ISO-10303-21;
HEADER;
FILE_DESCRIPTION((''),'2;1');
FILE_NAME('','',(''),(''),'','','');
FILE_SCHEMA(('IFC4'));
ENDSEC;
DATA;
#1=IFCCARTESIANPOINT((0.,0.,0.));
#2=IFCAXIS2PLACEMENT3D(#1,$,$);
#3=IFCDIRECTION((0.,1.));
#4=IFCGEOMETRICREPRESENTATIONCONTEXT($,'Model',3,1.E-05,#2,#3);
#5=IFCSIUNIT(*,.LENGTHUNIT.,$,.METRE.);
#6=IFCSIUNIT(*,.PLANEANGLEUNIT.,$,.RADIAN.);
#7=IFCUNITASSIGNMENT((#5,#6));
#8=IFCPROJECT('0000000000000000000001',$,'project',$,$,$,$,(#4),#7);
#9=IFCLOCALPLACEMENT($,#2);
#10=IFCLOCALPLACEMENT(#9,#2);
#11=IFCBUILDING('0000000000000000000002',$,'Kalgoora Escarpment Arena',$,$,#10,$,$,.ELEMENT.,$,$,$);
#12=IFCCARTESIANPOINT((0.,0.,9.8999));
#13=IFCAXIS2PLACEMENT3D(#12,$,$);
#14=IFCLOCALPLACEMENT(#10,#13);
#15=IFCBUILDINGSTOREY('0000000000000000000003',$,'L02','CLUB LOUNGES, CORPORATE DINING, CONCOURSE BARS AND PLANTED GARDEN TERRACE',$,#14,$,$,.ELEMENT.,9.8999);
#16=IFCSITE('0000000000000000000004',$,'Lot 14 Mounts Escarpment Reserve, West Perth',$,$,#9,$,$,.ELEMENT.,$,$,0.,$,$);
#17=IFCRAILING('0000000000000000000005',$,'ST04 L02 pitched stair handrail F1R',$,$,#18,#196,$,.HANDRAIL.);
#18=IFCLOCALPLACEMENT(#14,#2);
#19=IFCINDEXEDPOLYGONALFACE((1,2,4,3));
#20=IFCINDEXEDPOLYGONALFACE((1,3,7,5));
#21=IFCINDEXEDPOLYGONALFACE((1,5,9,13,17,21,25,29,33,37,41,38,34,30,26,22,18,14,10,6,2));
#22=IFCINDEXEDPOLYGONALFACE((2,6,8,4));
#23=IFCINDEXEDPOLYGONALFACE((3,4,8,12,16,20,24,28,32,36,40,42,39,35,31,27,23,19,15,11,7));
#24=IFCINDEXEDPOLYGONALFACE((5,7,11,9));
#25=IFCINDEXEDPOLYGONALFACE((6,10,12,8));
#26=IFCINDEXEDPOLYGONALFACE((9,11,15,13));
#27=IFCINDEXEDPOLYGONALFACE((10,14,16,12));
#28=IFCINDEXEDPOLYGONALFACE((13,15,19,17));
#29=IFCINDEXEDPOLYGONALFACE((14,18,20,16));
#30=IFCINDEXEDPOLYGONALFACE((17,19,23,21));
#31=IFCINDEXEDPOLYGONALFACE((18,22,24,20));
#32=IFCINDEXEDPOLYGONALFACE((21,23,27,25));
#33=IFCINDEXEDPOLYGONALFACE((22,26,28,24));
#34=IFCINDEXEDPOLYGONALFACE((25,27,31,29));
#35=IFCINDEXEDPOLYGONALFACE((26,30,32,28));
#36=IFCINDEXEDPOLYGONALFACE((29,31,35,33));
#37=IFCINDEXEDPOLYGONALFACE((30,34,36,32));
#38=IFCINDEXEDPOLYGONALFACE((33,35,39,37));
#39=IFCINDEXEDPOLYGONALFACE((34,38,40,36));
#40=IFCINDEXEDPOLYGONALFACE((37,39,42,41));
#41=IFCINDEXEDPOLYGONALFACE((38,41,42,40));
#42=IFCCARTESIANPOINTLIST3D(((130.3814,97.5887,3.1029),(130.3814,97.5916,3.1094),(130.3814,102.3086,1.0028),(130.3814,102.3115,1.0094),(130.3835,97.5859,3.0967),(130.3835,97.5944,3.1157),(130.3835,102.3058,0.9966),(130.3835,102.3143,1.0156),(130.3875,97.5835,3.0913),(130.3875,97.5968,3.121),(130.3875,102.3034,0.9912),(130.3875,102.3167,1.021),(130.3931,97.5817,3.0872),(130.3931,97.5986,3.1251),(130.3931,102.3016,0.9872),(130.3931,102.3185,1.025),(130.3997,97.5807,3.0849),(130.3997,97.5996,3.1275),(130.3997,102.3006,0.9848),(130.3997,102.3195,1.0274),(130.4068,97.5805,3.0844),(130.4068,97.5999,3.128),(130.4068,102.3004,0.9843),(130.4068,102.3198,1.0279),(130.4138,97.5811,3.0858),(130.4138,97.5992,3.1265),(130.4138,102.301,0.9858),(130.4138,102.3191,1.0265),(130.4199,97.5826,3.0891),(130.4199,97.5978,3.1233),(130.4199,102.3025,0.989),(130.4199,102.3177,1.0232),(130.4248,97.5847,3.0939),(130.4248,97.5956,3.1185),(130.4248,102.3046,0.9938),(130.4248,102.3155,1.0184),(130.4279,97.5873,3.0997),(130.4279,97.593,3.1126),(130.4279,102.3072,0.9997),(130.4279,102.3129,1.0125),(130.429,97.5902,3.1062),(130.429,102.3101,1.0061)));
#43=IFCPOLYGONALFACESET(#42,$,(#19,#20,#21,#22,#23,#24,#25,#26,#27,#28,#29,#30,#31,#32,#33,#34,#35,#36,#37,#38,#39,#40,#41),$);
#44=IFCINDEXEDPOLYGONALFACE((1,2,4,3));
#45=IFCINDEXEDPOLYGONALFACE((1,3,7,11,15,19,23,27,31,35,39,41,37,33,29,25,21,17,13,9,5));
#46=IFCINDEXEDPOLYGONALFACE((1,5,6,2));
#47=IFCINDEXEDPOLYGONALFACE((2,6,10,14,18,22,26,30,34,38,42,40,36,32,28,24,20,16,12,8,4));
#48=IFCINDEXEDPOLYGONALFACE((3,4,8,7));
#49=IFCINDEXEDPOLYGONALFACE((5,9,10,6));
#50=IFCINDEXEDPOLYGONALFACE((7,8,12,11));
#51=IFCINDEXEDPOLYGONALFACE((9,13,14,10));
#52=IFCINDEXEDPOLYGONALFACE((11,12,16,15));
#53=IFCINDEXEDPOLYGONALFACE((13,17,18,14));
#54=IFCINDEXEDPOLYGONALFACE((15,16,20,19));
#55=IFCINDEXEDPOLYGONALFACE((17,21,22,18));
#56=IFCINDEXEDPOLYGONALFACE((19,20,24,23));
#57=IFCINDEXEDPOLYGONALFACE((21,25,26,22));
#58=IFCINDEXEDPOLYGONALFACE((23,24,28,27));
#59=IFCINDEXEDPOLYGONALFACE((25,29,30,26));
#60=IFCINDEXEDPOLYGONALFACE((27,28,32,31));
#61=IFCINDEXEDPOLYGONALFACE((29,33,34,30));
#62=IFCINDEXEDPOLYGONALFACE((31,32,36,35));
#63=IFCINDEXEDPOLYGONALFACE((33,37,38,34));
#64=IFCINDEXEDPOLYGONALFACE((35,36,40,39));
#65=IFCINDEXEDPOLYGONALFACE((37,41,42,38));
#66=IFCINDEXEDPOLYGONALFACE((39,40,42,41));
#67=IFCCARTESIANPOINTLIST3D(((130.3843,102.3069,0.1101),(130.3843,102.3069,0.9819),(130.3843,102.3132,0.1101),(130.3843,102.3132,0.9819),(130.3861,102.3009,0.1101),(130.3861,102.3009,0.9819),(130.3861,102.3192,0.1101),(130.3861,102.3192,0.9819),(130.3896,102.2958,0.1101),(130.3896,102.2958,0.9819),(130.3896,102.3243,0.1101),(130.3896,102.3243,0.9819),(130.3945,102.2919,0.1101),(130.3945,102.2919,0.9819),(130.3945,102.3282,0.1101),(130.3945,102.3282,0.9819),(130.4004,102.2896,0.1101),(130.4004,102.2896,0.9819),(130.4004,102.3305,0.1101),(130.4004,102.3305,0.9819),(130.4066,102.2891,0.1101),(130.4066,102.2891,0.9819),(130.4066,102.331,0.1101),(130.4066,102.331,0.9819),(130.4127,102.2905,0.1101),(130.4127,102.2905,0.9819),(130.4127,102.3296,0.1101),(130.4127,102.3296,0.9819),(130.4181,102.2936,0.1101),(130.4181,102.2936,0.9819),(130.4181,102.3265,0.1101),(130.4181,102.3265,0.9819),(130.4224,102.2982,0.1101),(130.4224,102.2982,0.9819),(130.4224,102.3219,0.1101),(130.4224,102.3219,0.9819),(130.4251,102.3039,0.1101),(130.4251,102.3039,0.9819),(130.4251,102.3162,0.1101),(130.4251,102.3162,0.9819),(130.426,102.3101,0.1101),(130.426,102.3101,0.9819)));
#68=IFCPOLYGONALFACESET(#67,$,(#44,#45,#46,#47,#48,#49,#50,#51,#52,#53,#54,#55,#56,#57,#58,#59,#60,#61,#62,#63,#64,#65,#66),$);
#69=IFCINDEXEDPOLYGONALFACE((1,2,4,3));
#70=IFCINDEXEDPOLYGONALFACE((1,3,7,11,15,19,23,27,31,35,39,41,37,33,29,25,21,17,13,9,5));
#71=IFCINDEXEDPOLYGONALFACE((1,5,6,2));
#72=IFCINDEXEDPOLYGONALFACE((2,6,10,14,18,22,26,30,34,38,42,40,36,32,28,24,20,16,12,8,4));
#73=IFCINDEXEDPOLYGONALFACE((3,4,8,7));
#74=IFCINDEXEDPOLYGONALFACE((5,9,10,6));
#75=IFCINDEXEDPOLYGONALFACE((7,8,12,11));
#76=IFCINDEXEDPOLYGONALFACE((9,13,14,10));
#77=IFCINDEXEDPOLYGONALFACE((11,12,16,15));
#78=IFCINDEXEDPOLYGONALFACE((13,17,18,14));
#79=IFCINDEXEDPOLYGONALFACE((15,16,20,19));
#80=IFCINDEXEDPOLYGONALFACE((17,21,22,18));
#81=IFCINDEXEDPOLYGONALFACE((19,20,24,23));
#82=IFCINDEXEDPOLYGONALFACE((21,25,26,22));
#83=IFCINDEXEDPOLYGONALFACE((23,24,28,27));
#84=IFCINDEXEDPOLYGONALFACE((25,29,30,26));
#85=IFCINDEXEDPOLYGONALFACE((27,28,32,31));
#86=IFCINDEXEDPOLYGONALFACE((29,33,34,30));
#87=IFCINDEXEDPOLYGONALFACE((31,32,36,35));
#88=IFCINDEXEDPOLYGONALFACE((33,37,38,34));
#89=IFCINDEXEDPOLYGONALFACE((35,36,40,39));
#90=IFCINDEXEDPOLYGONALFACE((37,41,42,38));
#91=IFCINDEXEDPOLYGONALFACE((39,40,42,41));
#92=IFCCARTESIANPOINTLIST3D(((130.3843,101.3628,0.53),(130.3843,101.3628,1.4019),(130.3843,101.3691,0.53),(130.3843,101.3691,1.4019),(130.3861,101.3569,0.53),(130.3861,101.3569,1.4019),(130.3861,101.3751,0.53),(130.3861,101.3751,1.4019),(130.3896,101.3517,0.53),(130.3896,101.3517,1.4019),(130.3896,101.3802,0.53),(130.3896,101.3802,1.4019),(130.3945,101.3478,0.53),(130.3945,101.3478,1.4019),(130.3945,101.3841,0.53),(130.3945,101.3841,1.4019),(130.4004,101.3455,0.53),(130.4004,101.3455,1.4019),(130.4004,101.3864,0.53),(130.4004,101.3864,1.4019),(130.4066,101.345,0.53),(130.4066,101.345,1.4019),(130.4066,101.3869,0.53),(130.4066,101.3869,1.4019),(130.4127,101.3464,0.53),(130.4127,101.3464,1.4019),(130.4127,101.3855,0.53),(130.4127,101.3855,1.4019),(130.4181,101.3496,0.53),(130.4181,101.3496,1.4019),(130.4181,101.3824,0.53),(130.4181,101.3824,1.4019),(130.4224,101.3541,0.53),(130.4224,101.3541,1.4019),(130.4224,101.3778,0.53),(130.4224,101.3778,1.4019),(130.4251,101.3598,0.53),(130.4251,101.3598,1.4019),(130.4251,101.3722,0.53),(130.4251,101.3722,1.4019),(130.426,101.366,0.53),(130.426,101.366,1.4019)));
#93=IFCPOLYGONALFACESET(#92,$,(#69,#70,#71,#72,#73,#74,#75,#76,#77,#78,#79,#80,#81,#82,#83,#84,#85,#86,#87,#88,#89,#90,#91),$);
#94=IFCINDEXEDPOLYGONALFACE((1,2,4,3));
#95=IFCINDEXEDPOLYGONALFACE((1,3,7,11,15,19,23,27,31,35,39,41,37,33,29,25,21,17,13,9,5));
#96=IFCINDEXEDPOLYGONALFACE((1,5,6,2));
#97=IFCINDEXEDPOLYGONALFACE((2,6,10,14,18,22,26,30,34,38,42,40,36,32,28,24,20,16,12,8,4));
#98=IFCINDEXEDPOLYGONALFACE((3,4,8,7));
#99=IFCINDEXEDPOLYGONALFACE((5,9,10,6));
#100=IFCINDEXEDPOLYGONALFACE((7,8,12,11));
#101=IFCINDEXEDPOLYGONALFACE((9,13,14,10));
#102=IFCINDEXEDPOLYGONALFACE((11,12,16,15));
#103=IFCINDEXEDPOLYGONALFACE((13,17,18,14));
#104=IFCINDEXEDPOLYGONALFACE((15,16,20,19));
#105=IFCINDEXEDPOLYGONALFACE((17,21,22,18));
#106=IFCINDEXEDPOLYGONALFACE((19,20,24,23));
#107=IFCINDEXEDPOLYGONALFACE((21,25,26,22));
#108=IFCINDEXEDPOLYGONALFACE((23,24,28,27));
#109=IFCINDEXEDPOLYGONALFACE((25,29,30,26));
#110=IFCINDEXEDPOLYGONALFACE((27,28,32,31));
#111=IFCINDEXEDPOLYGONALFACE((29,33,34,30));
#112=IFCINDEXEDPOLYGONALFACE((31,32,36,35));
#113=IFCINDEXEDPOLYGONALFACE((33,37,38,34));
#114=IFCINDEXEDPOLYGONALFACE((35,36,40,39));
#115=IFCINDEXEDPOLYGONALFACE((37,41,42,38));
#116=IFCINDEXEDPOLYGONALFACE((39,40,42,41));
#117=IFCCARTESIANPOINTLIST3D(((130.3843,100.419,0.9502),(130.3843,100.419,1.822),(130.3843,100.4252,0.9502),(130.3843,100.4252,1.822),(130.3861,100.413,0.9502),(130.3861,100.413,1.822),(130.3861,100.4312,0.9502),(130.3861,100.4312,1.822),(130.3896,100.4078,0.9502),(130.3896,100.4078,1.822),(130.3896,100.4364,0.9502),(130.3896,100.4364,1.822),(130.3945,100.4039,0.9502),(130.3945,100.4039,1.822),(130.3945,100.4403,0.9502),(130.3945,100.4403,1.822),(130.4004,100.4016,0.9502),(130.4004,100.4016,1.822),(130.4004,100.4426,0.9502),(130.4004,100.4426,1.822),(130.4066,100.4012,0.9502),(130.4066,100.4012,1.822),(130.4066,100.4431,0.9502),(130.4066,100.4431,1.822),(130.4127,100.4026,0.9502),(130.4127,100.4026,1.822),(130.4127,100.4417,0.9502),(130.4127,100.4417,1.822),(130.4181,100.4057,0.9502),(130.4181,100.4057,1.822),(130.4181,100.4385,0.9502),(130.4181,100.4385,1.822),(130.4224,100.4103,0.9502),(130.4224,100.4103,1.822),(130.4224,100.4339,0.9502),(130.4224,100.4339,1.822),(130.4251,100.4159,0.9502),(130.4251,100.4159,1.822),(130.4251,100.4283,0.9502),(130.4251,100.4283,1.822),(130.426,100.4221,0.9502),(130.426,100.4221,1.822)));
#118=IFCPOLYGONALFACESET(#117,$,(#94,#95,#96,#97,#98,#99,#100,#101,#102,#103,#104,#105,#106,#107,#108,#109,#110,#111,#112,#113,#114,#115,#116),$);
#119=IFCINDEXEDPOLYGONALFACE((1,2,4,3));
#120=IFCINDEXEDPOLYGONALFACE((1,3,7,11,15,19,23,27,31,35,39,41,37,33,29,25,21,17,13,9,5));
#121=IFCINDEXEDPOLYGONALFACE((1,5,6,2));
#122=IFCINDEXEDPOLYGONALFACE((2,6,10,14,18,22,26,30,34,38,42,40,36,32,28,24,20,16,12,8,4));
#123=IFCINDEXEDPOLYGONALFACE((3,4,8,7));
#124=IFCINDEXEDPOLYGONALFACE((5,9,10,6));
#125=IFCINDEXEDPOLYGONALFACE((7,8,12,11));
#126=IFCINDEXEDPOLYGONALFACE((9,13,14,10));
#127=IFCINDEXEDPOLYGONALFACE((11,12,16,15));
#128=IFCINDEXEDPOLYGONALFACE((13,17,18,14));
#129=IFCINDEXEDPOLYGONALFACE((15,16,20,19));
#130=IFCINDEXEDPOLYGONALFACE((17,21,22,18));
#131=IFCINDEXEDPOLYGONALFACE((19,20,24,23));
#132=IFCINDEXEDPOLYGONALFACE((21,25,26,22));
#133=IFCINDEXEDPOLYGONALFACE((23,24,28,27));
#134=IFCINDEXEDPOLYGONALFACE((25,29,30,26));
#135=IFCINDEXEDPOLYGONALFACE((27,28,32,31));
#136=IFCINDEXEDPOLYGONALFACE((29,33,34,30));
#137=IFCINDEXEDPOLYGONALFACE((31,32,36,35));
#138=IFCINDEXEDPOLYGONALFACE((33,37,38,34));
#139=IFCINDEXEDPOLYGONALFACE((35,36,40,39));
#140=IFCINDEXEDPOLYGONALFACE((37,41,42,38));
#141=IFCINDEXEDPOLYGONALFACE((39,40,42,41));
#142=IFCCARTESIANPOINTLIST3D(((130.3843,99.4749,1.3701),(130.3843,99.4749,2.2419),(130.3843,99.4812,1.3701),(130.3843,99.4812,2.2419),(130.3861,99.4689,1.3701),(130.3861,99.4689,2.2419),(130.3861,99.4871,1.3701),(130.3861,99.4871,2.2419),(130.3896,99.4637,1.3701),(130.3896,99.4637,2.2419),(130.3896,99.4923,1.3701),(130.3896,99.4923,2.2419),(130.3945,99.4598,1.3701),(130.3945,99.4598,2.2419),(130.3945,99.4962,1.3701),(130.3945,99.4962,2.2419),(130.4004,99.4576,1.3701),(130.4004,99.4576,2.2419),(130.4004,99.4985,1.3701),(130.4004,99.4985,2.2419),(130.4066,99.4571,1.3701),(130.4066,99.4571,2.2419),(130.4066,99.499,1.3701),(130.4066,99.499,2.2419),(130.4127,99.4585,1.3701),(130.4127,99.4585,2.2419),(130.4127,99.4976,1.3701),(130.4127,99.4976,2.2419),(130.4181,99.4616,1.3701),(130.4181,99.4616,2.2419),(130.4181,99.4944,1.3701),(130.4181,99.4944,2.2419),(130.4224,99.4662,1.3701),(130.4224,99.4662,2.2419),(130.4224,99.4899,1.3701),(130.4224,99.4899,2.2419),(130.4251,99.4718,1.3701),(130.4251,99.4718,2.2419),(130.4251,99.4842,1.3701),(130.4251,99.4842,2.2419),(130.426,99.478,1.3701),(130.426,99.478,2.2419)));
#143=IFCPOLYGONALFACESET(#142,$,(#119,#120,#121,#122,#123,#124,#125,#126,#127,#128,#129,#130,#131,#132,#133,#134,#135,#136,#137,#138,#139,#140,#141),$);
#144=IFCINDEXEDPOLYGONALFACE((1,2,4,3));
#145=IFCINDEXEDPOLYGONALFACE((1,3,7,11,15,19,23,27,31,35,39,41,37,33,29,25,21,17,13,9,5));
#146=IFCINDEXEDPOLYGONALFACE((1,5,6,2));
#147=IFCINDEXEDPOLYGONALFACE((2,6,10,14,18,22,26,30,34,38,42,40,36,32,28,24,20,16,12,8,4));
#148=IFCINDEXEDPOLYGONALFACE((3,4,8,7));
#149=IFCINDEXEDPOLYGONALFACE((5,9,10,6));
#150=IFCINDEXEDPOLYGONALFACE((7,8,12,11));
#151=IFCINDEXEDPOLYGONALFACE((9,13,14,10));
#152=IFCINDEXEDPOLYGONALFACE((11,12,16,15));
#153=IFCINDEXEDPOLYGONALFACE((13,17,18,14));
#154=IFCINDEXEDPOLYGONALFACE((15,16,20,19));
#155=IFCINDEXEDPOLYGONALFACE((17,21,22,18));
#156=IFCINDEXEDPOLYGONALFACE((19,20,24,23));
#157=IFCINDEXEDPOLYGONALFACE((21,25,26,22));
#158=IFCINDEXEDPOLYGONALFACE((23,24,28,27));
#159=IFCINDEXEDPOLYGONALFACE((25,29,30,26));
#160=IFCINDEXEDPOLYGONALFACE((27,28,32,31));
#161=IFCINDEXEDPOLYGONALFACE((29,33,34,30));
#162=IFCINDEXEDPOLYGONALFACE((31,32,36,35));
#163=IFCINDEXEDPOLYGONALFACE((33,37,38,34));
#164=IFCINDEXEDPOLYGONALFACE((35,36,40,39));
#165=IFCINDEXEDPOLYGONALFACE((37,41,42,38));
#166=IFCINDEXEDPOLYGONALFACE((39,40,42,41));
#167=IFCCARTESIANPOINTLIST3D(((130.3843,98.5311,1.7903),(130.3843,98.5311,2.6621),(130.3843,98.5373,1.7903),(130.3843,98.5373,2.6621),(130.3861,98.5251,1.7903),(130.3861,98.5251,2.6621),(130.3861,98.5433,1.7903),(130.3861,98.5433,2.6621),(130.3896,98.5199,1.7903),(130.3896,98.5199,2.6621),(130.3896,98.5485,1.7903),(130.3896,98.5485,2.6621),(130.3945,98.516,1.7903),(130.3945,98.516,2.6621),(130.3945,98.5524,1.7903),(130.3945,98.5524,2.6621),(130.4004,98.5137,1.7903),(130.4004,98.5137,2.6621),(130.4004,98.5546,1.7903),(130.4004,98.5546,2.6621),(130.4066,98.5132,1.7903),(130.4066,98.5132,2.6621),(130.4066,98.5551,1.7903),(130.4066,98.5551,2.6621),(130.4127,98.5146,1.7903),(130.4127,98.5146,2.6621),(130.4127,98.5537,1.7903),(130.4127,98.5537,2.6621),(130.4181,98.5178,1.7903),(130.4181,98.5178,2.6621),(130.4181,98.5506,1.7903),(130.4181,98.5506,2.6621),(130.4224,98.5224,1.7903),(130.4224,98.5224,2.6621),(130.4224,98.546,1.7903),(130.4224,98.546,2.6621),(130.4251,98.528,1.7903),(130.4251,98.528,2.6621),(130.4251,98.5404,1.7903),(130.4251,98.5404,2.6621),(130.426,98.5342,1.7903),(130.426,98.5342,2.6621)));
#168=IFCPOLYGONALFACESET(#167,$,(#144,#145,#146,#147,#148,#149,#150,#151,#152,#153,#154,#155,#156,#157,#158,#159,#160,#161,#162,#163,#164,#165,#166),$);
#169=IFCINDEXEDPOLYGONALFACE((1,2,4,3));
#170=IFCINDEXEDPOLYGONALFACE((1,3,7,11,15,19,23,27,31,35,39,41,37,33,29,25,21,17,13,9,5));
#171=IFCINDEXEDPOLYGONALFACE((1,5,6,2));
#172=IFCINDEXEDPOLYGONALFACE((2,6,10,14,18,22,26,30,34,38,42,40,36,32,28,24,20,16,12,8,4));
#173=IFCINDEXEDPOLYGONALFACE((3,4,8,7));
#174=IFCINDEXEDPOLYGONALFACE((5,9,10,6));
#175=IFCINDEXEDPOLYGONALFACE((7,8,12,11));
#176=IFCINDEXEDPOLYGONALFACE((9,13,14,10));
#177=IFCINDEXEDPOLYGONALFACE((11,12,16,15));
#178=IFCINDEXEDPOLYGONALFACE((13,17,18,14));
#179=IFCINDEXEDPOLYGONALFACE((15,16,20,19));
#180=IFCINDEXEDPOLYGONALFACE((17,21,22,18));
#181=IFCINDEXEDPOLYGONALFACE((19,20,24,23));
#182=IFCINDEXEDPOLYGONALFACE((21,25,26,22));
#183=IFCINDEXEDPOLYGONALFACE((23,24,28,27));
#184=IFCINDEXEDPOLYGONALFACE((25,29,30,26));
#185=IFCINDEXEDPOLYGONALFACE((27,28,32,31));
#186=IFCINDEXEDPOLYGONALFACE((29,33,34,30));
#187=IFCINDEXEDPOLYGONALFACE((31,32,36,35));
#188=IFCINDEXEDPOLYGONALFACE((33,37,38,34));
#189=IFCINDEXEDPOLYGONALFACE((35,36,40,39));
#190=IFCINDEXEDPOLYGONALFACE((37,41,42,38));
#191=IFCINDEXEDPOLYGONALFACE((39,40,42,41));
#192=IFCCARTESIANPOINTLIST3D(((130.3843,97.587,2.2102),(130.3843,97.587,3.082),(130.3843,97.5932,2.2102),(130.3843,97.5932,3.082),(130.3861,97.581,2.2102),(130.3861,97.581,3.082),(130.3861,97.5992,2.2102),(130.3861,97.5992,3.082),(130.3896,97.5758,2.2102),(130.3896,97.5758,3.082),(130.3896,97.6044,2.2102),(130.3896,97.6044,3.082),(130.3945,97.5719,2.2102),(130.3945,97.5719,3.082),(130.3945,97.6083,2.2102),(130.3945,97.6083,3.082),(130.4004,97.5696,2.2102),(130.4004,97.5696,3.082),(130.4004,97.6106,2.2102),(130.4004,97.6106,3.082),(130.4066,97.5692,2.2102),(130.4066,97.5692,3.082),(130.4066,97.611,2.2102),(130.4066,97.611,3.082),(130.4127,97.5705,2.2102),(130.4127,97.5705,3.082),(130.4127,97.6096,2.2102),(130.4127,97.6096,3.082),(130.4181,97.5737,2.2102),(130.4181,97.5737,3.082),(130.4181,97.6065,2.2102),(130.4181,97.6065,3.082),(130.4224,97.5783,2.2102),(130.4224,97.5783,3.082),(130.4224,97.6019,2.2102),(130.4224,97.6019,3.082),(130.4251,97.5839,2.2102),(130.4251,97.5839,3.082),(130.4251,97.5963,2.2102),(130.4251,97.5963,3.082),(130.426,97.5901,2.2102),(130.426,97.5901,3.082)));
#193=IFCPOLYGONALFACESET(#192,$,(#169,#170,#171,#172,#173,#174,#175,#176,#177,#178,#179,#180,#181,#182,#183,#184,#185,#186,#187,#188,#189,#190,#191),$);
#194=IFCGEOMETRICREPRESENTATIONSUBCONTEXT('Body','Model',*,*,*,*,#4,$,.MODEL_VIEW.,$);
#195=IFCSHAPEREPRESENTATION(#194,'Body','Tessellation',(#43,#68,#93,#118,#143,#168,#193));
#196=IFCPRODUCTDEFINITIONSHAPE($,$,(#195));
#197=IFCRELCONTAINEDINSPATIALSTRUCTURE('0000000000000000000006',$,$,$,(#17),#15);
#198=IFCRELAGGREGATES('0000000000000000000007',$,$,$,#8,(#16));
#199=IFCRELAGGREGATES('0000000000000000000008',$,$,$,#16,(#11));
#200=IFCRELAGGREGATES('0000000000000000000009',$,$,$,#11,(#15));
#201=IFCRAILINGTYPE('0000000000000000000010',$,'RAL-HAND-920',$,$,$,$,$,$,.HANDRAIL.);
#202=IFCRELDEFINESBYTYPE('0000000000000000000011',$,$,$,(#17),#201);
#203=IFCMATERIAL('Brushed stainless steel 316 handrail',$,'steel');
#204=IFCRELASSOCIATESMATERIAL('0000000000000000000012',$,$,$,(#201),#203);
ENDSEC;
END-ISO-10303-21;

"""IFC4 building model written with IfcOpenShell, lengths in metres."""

from ifc_helpers import new_model, si_unit, direction, frame, origin, origin_2d, place, context, subcontext, project, spatial, circle, extrude, material, type_object, element, save


model = new_model("IFC4")

# Units and contexts
model_context = context("Model", 3, precision=1e-05, world=origin(), true_north=direction((0.0, 1.0)))
body_context = subcontext(model_context, "Body", "Model", "MODEL_VIEW")
ifc_project = project(units=[si_unit("LENGTHUNIT", "METRE"), si_unit("PLANEANGLEUNIT", "RADIAN")], contexts=[model_context])

# Site, building, storey
site_placement = place(None, origin())
site = spatial("IfcSite", under=ifc_project, at=site_placement, Name="Lot 14 Mounts Escarpment Reserve, West Perth", CompositionType="ELEMENT", RefElevation=0.0)
building_placement = place(site_placement, origin())
building = spatial("IfcBuilding", under=site, at=building_placement, Name="Kalgoora Escarpment Arena", CompositionType="ELEMENT")
storey_placement = place(building_placement, frame((0.0, 0.0, 9.8999)))
storey = spatial("IfcBuildingStorey", under=building, at=storey_placement, Name="L02", Description="CLUB LOUNGES, CORPORATE DINING, CONCOURSE BARS AND PLANTED GARDEN TERRACE", CompositionType="ELEMENT", Elevation=9.8999)

# Railing
ifc_material_1 = material(Name="Brushed stainless steel 316 handrail", Category="steel")
railing_type_1 = type_object("IfcRailingType", Name="RAL-HAND-920", PredefinedType="HANDRAIL", material=ifc_material_1)
for number, where, name in (
    (1, (130.405, 102.3101, 0.1101), "ST04 L02 pitched stair handrail F1R"),
):
    element("IfcRailing", number, at=place(storey_placement, frame(where)), inside=storey, type_object=railing_type_1, Name=name, PredefinedType="HANDRAIL", context=body_context, shape_type="SweptSolid", body=[
        extrude(circle(Radius=0.0239, at=origin_2d()), frame((0.0, 0.0, 0.896), z_axis=(0.0, -0.913644, 0.406516), x_axis=(1.0, 0.0, 0.0)), (0.0, 0.0, 1.0), 5.166),
        extrude(circle(Radius=0.021, at=origin_2d()), origin(), (0.0, 0.0, 1.0), 0.8718),
        extrude(circle(Radius=0.021, at=origin_2d()), frame((0.0, -0.9441, 0.4199)), (0.0, 0.0, 1.0), 0.8718),
        extrude(circle(Radius=0.021, at=origin_2d()), frame((0.0, -1.8879, 0.8401)), (0.0, 0.0, 1.0), 0.8718),
        extrude(circle(Radius=0.021, at=origin_2d()), frame((0.0, -2.832, 1.26)), (0.0, 0.0, 1.0), 0.8718),
        extrude(circle(Radius=0.021, at=origin_2d()), frame((0.0, -3.7759, 1.6802)), (0.0, 0.0, 1.0), 0.8718),
        extrude(circle(Radius=0.021, at=origin_2d()), frame((0.0, -4.72, 2.1001)), (0.0, 0.0, 1.0), 0.8718),
    ])

save(model, "model.ifc")
